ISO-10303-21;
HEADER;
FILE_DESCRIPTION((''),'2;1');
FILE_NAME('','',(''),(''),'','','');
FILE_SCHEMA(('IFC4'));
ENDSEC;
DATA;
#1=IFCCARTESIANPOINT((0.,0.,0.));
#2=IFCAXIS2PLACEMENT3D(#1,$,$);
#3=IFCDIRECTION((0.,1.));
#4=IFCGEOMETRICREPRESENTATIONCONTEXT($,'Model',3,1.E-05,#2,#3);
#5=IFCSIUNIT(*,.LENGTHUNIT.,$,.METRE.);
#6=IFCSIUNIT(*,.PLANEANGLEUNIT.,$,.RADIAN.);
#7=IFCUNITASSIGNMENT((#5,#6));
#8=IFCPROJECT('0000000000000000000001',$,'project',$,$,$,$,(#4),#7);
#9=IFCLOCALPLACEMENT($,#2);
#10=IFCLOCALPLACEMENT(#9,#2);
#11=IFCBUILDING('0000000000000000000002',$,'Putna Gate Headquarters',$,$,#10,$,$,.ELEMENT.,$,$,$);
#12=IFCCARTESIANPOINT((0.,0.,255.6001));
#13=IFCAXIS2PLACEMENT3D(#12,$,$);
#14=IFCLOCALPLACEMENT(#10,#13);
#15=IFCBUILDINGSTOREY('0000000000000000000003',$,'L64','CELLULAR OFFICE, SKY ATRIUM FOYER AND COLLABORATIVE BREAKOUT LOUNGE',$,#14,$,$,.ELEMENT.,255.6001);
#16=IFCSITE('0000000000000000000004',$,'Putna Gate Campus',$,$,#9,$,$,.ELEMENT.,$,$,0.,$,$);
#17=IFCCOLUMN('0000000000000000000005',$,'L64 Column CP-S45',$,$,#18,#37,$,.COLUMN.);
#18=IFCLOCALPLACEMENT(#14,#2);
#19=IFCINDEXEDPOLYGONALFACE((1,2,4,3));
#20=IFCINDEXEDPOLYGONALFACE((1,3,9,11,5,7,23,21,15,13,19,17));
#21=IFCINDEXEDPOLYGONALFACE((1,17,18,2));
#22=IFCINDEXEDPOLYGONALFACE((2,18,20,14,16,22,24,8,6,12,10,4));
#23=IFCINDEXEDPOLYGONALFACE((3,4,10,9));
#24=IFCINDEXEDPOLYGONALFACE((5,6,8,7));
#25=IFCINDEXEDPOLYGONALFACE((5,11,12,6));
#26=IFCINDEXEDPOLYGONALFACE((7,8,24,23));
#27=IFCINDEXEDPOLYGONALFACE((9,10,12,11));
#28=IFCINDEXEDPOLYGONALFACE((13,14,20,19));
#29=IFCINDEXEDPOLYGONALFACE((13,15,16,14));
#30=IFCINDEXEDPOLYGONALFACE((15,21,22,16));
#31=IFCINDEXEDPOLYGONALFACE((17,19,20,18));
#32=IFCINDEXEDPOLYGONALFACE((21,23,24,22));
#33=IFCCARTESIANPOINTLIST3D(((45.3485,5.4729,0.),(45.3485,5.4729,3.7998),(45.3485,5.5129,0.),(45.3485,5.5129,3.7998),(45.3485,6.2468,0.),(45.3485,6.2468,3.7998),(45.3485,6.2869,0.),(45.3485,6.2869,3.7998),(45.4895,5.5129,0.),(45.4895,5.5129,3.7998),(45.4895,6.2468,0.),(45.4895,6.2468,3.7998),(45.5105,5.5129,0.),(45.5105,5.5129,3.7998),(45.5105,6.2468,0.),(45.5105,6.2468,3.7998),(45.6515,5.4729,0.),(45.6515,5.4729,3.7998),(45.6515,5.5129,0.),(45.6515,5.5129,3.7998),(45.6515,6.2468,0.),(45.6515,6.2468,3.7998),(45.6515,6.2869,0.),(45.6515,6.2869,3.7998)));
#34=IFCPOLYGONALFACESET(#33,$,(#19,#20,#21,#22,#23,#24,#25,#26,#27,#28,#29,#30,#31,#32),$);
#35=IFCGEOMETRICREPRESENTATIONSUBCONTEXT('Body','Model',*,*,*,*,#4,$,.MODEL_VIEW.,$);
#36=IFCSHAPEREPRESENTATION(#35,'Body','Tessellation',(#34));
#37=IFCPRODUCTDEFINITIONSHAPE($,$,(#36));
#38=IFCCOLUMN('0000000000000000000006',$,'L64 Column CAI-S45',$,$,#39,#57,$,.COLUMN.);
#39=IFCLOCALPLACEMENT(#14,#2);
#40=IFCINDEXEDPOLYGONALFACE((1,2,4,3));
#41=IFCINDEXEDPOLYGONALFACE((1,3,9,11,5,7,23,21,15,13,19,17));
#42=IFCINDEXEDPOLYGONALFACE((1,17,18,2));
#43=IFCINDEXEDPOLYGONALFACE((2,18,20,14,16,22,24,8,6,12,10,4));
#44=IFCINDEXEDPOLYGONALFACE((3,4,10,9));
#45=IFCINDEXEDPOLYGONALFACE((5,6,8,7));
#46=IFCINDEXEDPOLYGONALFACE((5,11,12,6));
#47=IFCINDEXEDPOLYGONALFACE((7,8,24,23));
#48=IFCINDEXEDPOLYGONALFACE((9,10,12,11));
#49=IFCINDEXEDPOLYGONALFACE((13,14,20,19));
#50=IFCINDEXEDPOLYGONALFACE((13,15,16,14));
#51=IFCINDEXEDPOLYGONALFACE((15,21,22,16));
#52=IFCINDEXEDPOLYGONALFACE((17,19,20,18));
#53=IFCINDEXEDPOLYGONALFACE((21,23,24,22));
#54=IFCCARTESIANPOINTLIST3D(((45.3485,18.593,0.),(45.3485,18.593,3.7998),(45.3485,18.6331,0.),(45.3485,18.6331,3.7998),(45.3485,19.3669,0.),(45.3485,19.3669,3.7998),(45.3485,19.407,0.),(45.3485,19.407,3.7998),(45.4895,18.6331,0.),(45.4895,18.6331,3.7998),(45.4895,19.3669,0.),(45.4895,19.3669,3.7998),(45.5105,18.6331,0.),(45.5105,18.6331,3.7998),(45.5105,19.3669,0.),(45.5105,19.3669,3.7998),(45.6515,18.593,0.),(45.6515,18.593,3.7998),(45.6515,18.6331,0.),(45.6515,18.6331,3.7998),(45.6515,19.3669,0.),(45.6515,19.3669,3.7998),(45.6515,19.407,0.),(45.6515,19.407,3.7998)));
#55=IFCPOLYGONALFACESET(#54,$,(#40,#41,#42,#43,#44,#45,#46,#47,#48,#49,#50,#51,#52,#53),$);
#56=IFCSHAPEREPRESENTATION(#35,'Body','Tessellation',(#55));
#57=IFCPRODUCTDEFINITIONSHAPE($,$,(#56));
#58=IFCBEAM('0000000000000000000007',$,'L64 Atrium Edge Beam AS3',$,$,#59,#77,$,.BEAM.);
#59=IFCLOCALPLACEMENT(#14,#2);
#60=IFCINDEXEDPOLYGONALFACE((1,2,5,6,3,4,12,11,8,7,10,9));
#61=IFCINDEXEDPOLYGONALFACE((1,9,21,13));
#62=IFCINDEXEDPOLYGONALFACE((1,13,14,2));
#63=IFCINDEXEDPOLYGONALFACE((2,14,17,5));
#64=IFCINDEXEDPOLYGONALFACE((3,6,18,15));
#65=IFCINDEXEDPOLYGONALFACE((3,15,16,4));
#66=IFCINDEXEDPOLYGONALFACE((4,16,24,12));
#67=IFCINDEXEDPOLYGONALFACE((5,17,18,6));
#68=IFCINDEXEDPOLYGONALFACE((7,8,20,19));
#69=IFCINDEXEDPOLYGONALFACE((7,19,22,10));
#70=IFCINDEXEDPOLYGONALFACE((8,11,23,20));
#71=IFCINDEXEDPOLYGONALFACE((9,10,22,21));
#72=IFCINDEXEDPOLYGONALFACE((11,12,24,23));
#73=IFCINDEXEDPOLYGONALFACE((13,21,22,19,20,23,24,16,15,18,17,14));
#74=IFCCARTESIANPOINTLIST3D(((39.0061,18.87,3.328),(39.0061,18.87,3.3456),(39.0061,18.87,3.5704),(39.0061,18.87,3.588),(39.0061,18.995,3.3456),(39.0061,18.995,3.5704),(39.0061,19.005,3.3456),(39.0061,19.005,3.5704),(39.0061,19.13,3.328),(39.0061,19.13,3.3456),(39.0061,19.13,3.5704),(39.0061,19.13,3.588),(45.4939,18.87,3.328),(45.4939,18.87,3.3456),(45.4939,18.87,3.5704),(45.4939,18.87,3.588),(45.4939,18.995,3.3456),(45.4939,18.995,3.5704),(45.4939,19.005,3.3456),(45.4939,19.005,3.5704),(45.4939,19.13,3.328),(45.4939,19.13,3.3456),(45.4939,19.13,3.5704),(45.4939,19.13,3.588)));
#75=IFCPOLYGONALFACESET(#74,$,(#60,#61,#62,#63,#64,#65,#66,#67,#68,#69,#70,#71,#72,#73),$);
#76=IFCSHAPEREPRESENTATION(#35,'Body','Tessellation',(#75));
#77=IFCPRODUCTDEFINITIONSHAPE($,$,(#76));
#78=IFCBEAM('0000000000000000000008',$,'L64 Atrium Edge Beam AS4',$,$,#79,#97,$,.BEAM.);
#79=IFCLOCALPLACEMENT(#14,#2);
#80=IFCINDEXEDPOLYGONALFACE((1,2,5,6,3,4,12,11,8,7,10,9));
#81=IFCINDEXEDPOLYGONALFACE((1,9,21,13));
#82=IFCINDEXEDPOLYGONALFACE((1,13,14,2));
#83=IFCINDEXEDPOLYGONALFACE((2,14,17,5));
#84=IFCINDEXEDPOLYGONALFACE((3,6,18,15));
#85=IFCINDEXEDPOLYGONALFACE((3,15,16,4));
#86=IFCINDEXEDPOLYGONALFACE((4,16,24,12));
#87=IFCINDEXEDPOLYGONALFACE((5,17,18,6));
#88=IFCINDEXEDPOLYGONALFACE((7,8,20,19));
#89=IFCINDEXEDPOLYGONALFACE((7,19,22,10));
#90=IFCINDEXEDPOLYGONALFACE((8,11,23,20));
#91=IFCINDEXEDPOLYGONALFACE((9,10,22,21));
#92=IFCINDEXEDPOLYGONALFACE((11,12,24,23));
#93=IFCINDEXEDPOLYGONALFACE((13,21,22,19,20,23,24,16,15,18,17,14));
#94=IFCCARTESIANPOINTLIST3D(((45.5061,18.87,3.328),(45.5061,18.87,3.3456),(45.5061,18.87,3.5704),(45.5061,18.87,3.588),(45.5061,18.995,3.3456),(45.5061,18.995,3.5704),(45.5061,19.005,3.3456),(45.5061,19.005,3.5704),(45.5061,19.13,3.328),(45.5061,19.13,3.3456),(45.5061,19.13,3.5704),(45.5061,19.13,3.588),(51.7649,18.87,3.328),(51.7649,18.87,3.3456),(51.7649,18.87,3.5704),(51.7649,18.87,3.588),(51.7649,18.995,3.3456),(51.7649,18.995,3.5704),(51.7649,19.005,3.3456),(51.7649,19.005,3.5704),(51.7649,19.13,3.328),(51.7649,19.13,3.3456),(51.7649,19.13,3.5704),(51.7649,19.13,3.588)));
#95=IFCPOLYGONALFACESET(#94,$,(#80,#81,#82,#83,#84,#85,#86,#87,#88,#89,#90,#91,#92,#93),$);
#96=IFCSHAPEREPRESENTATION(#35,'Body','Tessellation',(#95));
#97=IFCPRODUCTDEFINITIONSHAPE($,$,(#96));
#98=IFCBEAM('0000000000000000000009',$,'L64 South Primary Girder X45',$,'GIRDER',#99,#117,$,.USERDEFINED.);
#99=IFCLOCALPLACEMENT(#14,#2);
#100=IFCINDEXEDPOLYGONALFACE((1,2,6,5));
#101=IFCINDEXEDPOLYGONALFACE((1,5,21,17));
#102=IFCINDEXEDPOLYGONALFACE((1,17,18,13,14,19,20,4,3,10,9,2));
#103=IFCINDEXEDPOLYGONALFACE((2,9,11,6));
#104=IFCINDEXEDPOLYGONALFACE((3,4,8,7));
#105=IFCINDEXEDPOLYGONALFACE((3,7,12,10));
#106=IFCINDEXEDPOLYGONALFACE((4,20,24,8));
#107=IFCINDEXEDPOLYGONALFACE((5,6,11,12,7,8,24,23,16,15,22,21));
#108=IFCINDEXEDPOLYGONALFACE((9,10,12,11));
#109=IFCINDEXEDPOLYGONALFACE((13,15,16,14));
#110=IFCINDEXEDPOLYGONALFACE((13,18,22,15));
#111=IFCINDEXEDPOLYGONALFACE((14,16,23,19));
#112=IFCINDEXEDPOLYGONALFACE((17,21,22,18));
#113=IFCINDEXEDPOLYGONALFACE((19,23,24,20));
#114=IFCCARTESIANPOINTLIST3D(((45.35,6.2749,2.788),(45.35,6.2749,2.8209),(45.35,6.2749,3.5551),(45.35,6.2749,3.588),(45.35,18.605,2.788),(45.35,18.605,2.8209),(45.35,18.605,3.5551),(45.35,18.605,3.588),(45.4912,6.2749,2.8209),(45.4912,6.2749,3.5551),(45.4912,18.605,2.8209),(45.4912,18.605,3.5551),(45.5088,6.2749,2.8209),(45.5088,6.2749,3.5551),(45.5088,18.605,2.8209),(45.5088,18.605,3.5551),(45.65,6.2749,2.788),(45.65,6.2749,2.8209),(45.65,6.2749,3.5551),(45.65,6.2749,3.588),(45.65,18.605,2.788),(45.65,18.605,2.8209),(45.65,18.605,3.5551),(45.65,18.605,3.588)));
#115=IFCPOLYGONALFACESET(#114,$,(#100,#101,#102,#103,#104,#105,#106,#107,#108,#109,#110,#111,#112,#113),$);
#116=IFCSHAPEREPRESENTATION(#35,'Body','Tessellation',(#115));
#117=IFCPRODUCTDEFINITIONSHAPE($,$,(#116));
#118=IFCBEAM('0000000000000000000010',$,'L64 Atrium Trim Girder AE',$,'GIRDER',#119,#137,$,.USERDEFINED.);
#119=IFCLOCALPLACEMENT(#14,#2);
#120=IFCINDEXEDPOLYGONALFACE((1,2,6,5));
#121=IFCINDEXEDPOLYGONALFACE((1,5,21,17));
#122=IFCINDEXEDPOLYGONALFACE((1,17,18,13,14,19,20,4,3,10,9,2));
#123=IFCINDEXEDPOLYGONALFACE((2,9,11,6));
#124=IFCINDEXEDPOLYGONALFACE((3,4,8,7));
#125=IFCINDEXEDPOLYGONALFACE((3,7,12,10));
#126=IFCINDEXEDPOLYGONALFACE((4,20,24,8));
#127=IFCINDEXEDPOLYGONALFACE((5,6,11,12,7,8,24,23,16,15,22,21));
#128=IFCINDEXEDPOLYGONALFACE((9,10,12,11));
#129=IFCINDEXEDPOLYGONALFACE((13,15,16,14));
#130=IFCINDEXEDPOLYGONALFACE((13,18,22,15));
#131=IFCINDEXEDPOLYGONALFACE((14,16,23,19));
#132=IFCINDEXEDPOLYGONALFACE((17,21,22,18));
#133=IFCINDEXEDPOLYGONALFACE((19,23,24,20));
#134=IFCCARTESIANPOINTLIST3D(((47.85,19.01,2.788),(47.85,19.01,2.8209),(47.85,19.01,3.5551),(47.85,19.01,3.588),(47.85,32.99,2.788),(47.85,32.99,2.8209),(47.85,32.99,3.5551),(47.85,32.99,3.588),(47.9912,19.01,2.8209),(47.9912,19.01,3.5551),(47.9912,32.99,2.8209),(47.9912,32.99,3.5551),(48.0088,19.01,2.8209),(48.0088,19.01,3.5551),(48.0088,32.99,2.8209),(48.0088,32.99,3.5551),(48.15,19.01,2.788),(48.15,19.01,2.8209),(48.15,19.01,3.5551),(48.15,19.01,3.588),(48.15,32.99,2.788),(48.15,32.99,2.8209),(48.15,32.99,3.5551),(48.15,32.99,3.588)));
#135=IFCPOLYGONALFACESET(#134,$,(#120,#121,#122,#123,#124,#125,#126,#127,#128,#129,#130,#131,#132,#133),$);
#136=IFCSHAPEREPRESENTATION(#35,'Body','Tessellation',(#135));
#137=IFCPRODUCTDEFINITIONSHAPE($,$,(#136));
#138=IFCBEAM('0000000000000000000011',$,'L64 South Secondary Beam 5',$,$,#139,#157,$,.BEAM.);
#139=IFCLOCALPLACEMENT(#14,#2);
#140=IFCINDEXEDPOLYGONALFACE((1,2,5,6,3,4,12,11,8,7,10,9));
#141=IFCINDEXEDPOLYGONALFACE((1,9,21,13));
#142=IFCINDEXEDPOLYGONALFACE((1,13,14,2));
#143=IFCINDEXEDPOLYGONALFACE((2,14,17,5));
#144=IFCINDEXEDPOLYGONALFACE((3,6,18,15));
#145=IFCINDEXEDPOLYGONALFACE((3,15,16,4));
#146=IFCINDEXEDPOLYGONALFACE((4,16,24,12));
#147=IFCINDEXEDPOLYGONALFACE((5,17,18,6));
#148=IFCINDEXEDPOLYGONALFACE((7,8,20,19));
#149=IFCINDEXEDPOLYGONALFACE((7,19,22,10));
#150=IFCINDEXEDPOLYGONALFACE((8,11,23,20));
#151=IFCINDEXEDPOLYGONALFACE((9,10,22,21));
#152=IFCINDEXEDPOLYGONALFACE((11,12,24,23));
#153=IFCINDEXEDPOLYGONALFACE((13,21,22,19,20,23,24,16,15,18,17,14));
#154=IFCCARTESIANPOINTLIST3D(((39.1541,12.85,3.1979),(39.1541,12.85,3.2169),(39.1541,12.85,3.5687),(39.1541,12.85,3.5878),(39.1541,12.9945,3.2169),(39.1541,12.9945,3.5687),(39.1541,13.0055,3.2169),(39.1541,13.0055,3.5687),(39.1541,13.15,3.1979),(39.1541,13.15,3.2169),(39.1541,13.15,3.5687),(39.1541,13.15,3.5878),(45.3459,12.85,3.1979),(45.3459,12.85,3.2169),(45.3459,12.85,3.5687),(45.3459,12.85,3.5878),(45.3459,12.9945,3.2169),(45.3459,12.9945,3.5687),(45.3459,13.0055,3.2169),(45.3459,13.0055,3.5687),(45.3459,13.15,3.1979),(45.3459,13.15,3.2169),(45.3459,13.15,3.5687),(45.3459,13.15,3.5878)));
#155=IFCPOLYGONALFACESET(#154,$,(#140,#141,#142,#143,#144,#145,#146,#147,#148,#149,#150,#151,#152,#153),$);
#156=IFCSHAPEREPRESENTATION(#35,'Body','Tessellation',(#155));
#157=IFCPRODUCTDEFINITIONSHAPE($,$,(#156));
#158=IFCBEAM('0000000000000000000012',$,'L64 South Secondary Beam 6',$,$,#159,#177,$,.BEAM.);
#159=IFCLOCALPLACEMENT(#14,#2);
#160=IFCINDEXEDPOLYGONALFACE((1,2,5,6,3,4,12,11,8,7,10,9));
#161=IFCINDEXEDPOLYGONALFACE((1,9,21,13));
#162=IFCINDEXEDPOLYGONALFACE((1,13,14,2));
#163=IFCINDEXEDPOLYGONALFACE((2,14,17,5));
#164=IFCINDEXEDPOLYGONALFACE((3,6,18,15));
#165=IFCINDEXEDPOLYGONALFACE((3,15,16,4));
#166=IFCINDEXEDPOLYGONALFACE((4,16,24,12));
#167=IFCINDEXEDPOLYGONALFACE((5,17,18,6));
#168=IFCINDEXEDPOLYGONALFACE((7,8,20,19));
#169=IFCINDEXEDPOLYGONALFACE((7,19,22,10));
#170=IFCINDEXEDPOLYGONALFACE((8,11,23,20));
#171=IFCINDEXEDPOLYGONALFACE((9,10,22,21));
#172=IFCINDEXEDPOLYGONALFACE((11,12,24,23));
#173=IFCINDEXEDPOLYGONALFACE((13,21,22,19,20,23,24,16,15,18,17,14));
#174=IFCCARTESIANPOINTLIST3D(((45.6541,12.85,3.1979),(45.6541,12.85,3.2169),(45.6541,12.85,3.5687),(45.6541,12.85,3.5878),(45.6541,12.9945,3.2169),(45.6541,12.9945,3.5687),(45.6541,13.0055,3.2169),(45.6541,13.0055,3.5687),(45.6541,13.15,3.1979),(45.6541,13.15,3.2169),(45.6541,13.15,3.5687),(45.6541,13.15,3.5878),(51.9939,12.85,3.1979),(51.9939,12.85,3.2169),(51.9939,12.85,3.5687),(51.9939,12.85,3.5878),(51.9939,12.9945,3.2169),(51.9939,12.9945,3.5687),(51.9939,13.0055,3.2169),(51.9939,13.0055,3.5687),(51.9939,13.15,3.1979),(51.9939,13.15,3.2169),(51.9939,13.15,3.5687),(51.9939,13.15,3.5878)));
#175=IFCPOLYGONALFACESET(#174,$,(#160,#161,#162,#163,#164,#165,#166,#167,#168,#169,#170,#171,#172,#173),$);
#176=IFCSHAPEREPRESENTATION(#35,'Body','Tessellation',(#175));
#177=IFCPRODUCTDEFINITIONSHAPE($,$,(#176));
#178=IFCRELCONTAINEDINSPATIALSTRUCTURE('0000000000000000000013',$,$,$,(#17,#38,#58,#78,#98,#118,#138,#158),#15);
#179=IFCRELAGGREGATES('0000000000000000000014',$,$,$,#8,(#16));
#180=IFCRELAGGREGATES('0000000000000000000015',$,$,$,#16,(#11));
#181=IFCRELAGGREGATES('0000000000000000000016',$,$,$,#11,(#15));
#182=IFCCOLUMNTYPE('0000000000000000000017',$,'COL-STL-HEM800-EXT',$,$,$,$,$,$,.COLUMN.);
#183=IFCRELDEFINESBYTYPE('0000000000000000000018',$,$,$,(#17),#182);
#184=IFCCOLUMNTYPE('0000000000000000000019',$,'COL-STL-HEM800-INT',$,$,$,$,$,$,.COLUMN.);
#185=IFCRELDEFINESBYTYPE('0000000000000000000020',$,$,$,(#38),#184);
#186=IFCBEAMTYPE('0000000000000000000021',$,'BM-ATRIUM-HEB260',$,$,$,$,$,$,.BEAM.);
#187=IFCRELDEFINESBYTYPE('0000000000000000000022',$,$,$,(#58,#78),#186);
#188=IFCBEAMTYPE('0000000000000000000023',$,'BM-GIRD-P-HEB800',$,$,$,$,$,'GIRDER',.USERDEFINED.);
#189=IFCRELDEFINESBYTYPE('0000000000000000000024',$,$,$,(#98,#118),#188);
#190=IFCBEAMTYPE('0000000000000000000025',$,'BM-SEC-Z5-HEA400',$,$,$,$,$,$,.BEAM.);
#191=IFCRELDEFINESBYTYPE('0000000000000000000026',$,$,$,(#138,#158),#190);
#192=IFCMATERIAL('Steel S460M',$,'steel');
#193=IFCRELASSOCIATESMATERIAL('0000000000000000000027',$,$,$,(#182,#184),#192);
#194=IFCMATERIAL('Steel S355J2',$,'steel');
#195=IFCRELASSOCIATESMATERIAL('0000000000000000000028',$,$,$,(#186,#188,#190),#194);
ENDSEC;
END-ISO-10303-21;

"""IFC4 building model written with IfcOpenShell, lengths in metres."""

from ifc_helpers import new_model, si_unit, direction, frame, origin, origin_2d, place, context, subcontext, project, spatial, i_section, extrude, material, material_profile, profile_set, type_object, element, save


model = new_model("IFC4")

# Units and contexts
model_context = context("Model", 3, precision=1e-05, world=origin(), true_north=direction((0.0, 1.0)))
body_context = subcontext(model_context, "Body", "Model", "MODEL_VIEW")
ifc_project = project(units=[si_unit("LENGTHUNIT", "METRE"), si_unit("PLANEANGLEUNIT", "RADIAN")], contexts=[model_context])

# Site, building, storey
site_placement = place(None, origin())
site = spatial("IfcSite", under=ifc_project, at=site_placement, Name="Putna Gate Campus", CompositionType="ELEMENT", RefElevation=0.0)
building_placement = place(site_placement, origin())
building = spatial("IfcBuilding", under=site, at=building_placement, Name="Putna Gate Headquarters", CompositionType="ELEMENT")
storey_placement = place(building_placement, frame((0.0, 0.0, 255.6001)))
storey = spatial("IfcBuildingStorey", under=building, at=storey_placement, Name="L64", Description="CELLULAR OFFICE, SKY ATRIUM FOYER AND COLLABORATIVE BREAKOUT LOUNGE", CompositionType="ELEMENT", Elevation=255.6001)

# Columns
ifc_material_1 = material(Name="Steel S460M", Category="steel")
ifc_material_profile_1 = material_profile(ifc_material_1, i_section(OverallWidth=0.303, OverallDepth=0.814, WebThickness=0.021, FlangeThickness=0.04, at=origin_2d()), Name="Steel S460M")
ifc_profile_set_1 = profile_set([ifc_material_profile_1], Name="Steel S460M")
column_type_1 = type_object("IfcColumnType", Name="COL-STL-HEM800-EXT", PredefinedType="COLUMN", material=ifc_profile_set_1)
column_1_placement = place(storey_placement, frame((45.5, 5.8799, 0.0), z_axis=(0.0, 0.0, 1.0), x_axis=(1.0, 0.0, 0.0)))
element("IfcColumn", 1, at=column_1_placement, inside=storey, type_object=column_type_1, Name="L64 Column CP-S45", PredefinedType="COLUMN", context=body_context, shape_type="SweptSolid", body=[
    extrude(i_section(OverallWidth=0.303, OverallDepth=0.814, WebThickness=0.021, FlangeThickness=0.04, at=origin_2d()), origin(), (0.0, 0.0, 1.0), 3.7998),
])
ifc_material_profile_2 = material_profile(ifc_material_1, i_section(OverallWidth=0.303, OverallDepth=0.814, WebThickness=0.021, FlangeThickness=0.04, at=origin_2d()), Name="Steel S460M")
ifc_profile_set_2 = profile_set([ifc_material_profile_2], Name="Steel S460M")
column_type_2 = type_object("IfcColumnType", Name="COL-STL-HEM800-INT", PredefinedType="COLUMN", material=ifc_profile_set_2)
column_2_placement = place(storey_placement, frame((45.5, 19.0, 0.0), z_axis=(0.0, 0.0, 1.0), x_axis=(1.0, 0.0, 0.0)))
element("IfcColumn", 2, at=column_2_placement, inside=storey, type_object=column_type_2, Name="L64 Column CAI-S45", PredefinedType="COLUMN", context=body_context, shape_type="SweptSolid", body=[
    extrude(i_section(OverallWidth=0.303, OverallDepth=0.814, WebThickness=0.021, FlangeThickness=0.04, at=origin_2d()), origin(), (0.0, 0.0, 1.0), 3.7998),
])

# Beams
ifc_material_2 = material(Name="Steel S355J2", Category="steel")
ifc_material_profile_3 = material_profile(ifc_material_2, i_section(OverallWidth=0.26, OverallDepth=0.26, WebThickness=0.01, FlangeThickness=0.0176, at=origin_2d()), Name="Steel S355J2")
ifc_profile_set_3 = profile_set([ifc_material_profile_3], Name="Steel S355J2")
beam_type_1 = type_object("IfcBeamType", Name="BM-ATRIUM-HEB260", PredefinedType="BEAM", material=ifc_profile_set_3)
beam_1_placement = place(storey_placement, frame((39.0061, 19.0, 3.458), z_axis=(1.0, 0.0, 0.0), x_axis=(0.0, 1.0, 0.0)))
element("IfcBeam", 3, at=beam_1_placement, inside=storey, type_object=beam_type_1, Name="L64 Atrium Edge Beam AS3", PredefinedType="BEAM", context=body_context, shape_type="SweptSolid", body=[
    extrude(i_section(OverallWidth=0.26, OverallDepth=0.26, WebThickness=0.01, FlangeThickness=0.0176, at=origin_2d()), origin(), (0.0, 0.0, 1.0), 6.4878),
])
beam_2_placement = place(storey_placement, frame((45.5061, 19.0, 3.458), z_axis=(1.0, 0.0, 0.0), x_axis=(0.0, 1.0, 0.0)))
element("IfcBeam", 4, at=beam_2_placement, inside=storey, type_object=beam_type_1, Name="L64 Atrium Edge Beam AS4", PredefinedType="BEAM", context=body_context, shape_type="SweptSolid", body=[
    extrude(i_section(OverallWidth=0.26, OverallDepth=0.26, WebThickness=0.01, FlangeThickness=0.0176, at=origin_2d()), origin(), (0.0, 0.0, 1.0), 6.2588),
])
ifc_material_profile_4 = material_profile(ifc_material_2, i_section(OverallWidth=0.3, OverallDepth=0.8, WebThickness=0.0176, FlangeThickness=0.033, at=origin_2d()), Name="Steel S355J2")
ifc_profile_set_4 = profile_set([ifc_material_profile_4], Name="Steel S355J2")
beam_type_2 = type_object("IfcBeamType", Name="BM-GIRD-P-HEB800", ElementType="GIRDER", PredefinedType="USERDEFINED", material=ifc_profile_set_4)
beam_3_placement = place(storey_placement, frame((45.5, 6.2749, 3.188), z_axis=(0.0, 1.0, 0.0), x_axis=(-1.0, 0.0, 0.0)))
element("IfcBeam", 5, at=beam_3_placement, inside=storey, type_object=beam_type_2, Name="L64 South Primary Girder X45", ObjectType="GIRDER", PredefinedType="USERDEFINED", context=body_context, shape_type="SweptSolid", body=[
    extrude(i_section(OverallWidth=0.3, OverallDepth=0.8, WebThickness=0.0176, FlangeThickness=0.033, at=origin_2d()), origin(), (0.0, 0.0, 1.0), 12.3301),
])
beam_4_placement = place(storey_placement, frame((48.0, 19.01, 3.188), z_axis=(0.0, 1.0, 0.0), x_axis=(-1.0, 0.0, 0.0)))
element("IfcBeam", 6, at=beam_4_placement, inside=storey, type_object=beam_type_2, Name="L64 Atrium Trim Girder AE", ObjectType="GIRDER", PredefinedType="USERDEFINED", context=body_context, shape_type="SweptSolid", body=[
    extrude(i_section(OverallWidth=0.3, OverallDepth=0.8, WebThickness=0.0176, FlangeThickness=0.033, at=origin_2d()), origin(), (0.0, 0.0, 1.0), 13.98),
])
ifc_material_profile_5 = material_profile(ifc_material_2, i_section(OverallWidth=0.3, OverallDepth=0.3899, WebThickness=0.011, FlangeThickness=0.019, at=origin_2d()), Name="Steel S355J2")
ifc_profile_set_5 = profile_set([ifc_material_profile_5], Name="Steel S355J2")
beam_type_3 = type_object("IfcBeamType", Name="BM-SEC-Z5-HEA400", PredefinedType="BEAM", material=ifc_profile_set_5)
beam_5_placement = place(storey_placement, frame((39.1541, 13.0, 3.3928), z_axis=(1.0, 0.0, 0.0), x_axis=(0.0, 1.0, 0.0)))
element("IfcBeam", 7, at=beam_5_placement, inside=storey, type_object=beam_type_3, Name="L64 South Secondary Beam 5", PredefinedType="BEAM", context=body_context, shape_type="SweptSolid", body=[
    extrude(i_section(OverallWidth=0.3, OverallDepth=0.3899, WebThickness=0.011, FlangeThickness=0.019, at=origin_2d()), origin(), (0.0, 0.0, 1.0), 6.1919),
])
beam_6_placement = place(storey_placement, frame((45.6541, 13.0, 3.3928), z_axis=(1.0, 0.0, 0.0), x_axis=(0.0, 1.0, 0.0)))
element("IfcBeam", 8, at=beam_6_placement, inside=storey, type_object=beam_type_3, Name="L64 South Secondary Beam 6", PredefinedType="BEAM", context=body_context, shape_type="SweptSolid", body=[
    extrude(i_section(OverallWidth=0.3, OverallDepth=0.3899, WebThickness=0.011, FlangeThickness=0.019, at=origin_2d()), origin(), (0.0, 0.0, 1.0), 6.3398),
])

save(model, "model.ifc")
